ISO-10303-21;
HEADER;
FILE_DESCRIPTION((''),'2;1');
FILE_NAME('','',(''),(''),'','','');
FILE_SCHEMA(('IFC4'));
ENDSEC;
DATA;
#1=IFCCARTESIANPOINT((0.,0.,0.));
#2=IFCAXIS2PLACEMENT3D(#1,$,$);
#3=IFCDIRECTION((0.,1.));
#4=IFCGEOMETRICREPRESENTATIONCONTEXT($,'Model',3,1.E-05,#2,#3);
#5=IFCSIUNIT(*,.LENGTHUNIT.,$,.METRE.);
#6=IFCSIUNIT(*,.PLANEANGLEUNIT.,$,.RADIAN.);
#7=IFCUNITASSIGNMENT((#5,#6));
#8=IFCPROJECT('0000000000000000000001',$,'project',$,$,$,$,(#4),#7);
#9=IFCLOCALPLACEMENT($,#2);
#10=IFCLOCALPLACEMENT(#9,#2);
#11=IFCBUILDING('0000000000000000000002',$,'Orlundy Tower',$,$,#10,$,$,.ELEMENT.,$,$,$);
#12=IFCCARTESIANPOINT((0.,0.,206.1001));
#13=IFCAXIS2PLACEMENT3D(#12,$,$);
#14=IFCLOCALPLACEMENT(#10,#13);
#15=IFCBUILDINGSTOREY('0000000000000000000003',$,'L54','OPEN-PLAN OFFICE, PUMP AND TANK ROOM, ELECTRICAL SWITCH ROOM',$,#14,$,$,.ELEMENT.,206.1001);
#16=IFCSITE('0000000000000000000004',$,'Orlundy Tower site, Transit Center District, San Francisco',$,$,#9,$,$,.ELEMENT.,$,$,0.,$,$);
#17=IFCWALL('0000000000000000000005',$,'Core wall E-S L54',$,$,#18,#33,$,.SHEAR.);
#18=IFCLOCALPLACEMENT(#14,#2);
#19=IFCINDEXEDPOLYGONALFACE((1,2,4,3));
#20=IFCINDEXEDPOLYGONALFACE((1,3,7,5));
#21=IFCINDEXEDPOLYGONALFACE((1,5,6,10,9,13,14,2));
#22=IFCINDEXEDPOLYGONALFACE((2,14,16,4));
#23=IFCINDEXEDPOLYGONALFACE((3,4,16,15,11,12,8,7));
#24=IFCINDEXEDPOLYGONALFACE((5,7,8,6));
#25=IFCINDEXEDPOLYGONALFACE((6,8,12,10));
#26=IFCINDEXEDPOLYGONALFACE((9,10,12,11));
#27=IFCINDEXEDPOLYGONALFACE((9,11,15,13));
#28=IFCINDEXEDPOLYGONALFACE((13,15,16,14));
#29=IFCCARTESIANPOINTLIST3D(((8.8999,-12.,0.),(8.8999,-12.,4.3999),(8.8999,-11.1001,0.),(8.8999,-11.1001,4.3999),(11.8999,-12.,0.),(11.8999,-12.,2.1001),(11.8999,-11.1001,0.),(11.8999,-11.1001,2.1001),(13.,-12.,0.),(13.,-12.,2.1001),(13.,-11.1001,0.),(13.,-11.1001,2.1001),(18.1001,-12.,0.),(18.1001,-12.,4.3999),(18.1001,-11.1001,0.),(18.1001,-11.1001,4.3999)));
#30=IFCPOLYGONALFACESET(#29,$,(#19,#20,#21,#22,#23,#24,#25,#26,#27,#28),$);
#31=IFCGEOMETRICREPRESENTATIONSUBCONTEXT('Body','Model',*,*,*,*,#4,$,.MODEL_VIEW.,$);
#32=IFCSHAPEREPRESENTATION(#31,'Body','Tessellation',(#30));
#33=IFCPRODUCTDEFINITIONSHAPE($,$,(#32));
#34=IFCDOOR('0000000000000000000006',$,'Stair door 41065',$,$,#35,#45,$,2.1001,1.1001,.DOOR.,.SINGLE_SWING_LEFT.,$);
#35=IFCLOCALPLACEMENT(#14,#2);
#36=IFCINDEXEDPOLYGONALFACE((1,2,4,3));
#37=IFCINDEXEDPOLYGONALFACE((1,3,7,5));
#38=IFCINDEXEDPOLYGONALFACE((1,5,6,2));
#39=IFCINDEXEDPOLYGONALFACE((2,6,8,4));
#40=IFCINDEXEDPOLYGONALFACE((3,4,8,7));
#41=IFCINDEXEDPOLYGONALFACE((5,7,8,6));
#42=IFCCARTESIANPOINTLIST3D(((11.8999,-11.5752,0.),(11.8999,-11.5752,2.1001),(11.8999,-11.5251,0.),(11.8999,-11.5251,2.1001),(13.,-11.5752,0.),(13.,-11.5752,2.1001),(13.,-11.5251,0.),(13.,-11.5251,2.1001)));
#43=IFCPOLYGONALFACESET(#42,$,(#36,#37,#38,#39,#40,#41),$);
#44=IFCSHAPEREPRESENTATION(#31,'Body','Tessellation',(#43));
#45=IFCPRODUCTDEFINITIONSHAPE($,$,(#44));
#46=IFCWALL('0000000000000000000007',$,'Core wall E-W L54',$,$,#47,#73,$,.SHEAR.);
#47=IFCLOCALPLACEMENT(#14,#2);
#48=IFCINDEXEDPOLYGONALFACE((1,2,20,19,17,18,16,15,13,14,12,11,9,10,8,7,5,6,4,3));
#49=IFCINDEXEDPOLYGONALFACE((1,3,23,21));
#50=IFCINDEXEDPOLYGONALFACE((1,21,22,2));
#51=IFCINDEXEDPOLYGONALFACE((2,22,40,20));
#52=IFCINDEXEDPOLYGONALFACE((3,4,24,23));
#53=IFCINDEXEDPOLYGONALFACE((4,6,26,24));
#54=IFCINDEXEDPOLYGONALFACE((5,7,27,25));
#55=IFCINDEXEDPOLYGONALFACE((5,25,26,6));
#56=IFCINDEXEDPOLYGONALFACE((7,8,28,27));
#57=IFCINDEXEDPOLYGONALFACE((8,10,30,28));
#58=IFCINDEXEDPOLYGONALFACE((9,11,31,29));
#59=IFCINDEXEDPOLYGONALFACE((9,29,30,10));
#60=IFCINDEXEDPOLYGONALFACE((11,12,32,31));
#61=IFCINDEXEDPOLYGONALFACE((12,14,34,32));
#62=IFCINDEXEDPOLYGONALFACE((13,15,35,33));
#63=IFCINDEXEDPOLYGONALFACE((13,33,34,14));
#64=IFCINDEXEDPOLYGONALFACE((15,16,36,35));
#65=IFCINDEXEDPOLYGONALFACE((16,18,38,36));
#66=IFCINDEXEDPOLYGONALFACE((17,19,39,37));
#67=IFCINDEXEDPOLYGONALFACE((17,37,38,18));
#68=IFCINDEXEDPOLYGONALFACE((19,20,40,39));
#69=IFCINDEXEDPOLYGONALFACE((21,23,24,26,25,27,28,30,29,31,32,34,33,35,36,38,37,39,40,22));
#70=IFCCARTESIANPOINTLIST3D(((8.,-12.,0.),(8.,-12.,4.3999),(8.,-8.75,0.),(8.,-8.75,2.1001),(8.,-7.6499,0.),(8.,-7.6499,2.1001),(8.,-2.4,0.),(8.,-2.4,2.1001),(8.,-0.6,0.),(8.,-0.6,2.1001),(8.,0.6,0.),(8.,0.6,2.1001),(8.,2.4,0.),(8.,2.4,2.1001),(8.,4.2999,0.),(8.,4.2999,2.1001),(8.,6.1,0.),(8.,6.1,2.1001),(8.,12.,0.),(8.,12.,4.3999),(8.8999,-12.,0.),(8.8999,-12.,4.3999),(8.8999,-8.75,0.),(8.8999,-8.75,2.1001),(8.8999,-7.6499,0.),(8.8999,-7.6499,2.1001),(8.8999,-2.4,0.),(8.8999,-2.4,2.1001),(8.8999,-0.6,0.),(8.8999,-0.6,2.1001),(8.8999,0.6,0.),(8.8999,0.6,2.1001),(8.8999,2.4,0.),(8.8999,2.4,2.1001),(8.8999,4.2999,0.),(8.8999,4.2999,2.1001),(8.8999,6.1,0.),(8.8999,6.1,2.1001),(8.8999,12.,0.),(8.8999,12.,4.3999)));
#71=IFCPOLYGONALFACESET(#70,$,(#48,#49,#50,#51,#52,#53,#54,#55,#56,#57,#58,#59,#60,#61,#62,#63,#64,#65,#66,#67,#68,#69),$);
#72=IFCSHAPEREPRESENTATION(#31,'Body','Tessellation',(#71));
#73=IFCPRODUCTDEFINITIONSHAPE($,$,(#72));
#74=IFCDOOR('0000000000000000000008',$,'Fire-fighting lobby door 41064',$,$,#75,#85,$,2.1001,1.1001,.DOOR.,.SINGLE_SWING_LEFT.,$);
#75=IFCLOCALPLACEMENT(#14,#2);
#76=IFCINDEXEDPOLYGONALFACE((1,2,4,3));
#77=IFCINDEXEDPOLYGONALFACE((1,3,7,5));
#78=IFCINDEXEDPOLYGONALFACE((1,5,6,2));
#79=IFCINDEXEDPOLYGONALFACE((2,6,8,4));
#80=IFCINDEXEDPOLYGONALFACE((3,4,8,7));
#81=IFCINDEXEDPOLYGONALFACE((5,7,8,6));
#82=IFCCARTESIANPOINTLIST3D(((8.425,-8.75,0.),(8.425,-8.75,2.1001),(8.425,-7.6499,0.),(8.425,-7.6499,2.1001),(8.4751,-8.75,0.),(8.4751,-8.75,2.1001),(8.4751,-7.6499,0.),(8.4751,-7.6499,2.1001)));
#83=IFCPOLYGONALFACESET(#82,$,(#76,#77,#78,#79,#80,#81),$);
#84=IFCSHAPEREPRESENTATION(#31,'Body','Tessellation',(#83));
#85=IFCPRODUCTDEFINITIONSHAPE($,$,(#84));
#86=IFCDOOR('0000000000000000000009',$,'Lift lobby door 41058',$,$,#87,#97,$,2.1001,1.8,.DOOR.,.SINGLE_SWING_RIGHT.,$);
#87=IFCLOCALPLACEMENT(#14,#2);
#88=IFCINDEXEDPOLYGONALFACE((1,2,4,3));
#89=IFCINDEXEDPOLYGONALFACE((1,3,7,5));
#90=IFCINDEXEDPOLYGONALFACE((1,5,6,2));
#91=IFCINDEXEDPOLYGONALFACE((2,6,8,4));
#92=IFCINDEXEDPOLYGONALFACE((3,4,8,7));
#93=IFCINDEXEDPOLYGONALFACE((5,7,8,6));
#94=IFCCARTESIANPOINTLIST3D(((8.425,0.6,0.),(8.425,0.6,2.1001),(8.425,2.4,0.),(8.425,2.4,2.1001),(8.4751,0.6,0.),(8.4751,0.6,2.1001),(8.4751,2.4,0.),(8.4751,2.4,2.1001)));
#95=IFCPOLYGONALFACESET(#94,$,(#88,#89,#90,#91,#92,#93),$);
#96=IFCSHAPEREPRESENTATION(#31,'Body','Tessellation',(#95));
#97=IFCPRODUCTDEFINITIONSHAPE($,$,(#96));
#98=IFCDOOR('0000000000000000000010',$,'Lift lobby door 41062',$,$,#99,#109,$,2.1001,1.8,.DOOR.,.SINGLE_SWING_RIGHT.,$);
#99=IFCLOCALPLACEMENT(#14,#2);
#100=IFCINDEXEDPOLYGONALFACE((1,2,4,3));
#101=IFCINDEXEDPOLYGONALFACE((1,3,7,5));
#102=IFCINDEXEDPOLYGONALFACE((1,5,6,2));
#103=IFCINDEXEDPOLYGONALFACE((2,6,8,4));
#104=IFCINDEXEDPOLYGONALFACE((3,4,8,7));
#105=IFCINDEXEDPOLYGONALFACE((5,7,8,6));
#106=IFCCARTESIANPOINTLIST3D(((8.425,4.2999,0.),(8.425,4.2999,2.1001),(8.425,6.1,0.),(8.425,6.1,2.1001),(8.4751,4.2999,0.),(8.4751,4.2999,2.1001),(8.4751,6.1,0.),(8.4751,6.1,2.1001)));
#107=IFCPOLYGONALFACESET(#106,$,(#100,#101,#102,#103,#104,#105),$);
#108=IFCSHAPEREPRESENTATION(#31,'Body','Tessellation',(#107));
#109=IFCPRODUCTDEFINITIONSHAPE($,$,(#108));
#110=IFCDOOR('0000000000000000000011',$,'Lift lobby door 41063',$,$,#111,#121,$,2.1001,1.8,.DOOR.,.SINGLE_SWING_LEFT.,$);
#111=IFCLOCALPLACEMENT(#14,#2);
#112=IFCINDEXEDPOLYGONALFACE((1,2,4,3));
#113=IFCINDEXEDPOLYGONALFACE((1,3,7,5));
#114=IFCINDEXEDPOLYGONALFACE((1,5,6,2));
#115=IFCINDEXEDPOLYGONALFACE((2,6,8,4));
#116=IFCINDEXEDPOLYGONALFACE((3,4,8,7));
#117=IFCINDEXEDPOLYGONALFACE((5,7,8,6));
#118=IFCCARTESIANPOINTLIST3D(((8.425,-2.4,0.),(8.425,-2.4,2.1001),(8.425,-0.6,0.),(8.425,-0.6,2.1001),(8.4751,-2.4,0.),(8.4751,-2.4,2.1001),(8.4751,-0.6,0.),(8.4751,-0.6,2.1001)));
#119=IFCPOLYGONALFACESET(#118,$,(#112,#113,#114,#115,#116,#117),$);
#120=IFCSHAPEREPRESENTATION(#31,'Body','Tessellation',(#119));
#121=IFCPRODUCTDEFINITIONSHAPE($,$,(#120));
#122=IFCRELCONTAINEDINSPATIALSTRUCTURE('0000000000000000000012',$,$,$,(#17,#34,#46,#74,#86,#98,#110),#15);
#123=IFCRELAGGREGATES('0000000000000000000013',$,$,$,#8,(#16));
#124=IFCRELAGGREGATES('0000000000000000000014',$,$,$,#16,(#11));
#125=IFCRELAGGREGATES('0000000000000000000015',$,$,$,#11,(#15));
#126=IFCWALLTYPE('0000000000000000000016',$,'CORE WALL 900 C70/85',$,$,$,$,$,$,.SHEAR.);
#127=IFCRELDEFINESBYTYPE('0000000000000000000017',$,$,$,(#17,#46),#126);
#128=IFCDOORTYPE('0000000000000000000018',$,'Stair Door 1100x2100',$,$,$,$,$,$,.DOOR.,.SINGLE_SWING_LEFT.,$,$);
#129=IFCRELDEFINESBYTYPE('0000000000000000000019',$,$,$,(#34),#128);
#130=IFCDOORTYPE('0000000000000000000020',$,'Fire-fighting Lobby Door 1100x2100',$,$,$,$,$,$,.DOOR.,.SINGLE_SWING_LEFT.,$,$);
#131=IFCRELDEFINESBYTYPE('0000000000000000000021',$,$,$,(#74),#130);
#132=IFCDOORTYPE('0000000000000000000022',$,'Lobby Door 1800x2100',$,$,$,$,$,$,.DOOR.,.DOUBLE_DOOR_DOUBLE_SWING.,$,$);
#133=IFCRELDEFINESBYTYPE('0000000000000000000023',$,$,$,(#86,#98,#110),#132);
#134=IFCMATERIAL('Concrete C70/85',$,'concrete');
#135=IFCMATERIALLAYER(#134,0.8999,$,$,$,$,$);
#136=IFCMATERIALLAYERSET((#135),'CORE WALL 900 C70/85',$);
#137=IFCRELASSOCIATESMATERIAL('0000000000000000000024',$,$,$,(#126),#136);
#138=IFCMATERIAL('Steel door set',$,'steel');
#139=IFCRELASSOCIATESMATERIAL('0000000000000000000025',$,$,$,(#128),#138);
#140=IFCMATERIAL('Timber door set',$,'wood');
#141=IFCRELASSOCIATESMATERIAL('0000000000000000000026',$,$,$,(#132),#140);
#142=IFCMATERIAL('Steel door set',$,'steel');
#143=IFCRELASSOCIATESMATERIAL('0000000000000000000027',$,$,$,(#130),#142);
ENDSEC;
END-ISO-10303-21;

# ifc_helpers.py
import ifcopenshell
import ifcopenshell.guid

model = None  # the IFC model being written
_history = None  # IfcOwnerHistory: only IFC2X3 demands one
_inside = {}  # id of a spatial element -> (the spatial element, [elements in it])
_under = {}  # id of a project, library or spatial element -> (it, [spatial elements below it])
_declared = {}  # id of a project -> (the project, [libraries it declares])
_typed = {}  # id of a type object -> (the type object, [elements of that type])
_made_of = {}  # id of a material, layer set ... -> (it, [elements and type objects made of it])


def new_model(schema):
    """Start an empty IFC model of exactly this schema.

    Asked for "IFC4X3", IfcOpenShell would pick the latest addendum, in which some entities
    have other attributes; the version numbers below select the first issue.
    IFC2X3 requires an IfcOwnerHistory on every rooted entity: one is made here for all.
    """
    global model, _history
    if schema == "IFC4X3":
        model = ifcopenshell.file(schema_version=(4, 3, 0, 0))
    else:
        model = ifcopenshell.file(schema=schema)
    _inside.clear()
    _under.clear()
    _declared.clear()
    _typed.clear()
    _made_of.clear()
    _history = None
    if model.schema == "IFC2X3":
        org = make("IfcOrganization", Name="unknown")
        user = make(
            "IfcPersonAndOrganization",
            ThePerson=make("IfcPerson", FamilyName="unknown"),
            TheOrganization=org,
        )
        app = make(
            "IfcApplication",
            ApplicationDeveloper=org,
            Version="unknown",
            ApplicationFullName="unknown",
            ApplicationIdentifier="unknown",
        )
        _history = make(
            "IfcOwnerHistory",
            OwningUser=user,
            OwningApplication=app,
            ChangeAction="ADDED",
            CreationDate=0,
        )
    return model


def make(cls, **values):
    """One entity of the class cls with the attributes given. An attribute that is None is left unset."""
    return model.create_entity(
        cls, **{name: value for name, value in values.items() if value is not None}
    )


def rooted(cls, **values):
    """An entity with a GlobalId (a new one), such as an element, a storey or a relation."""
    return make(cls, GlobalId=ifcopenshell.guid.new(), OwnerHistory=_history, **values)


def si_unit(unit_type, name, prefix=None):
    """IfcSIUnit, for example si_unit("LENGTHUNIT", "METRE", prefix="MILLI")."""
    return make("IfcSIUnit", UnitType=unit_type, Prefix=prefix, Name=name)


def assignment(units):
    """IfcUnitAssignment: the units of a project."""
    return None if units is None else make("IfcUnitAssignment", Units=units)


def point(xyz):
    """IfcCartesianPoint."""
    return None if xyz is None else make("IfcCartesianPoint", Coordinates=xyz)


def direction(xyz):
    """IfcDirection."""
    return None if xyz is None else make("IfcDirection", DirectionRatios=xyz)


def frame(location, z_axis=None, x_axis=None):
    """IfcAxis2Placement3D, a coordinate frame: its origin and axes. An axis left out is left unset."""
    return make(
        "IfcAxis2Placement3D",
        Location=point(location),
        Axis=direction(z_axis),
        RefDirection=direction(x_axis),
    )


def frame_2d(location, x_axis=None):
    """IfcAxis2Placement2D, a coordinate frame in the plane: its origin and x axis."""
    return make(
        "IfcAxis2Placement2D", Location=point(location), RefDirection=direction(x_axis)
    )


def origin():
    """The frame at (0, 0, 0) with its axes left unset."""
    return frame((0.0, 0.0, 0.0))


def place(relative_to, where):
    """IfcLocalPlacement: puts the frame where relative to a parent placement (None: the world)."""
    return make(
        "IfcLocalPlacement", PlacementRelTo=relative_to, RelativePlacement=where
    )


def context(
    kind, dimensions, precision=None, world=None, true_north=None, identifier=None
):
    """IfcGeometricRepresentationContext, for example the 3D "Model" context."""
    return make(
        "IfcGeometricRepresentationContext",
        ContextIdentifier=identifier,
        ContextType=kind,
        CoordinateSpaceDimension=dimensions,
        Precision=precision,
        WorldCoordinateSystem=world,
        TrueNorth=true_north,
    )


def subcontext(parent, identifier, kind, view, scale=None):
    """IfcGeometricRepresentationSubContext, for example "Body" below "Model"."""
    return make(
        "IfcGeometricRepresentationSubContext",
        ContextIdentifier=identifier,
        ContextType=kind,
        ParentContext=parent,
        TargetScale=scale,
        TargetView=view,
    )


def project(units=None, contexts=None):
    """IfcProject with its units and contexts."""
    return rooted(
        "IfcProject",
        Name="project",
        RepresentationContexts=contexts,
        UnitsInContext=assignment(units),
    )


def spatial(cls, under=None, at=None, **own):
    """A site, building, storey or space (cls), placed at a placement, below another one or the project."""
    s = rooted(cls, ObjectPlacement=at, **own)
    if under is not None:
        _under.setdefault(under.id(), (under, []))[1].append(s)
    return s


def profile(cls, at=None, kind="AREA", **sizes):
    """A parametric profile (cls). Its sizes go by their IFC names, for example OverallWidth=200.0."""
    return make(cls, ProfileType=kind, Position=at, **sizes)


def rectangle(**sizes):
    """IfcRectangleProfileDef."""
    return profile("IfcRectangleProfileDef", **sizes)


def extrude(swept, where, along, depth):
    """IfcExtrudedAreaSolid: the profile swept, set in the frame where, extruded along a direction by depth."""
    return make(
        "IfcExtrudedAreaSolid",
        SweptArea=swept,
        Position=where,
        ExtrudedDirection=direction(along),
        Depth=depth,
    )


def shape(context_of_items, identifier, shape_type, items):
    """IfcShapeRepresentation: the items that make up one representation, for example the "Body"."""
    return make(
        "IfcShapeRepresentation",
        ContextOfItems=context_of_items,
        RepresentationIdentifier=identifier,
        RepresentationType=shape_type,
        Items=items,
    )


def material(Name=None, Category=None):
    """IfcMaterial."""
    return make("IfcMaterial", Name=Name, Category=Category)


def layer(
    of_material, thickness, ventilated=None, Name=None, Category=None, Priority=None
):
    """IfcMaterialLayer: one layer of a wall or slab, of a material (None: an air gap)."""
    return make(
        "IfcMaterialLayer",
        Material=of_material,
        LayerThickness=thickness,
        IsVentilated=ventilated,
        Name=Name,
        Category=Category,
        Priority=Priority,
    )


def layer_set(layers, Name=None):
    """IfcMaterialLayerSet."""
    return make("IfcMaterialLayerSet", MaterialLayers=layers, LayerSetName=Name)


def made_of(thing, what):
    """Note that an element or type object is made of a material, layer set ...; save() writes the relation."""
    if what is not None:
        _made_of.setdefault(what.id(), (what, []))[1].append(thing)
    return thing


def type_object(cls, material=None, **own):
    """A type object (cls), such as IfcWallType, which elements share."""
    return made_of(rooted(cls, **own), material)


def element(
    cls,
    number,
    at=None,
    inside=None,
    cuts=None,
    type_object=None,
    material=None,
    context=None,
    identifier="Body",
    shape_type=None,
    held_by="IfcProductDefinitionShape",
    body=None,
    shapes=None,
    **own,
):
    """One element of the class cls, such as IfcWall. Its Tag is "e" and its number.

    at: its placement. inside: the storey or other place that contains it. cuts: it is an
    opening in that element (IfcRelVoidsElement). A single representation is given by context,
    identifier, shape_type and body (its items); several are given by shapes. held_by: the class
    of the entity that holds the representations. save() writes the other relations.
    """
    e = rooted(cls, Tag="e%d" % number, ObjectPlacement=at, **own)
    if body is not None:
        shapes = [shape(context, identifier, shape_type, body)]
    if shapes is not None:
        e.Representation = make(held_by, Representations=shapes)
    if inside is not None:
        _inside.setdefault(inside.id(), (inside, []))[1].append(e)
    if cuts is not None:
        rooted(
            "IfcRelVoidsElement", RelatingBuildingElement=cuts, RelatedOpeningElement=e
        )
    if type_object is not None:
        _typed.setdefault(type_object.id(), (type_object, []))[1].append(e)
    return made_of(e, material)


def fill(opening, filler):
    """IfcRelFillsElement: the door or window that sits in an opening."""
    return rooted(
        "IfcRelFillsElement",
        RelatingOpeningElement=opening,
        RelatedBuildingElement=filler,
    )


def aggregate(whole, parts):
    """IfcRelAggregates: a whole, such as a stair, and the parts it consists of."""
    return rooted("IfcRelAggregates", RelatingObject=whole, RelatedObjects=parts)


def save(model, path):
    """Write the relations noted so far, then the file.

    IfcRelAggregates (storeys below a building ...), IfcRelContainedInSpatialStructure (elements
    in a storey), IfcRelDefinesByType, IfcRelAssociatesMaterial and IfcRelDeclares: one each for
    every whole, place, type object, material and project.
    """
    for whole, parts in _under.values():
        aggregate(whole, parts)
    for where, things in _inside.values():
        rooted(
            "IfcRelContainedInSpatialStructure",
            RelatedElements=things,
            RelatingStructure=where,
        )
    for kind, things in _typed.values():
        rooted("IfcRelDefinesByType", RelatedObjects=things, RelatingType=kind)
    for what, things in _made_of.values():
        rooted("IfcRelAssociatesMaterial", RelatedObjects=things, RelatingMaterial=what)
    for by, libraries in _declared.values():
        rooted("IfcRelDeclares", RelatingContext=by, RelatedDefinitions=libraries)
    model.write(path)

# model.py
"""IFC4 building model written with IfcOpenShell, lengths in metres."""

from ifc_helpers import new_model, si_unit, direction, frame, frame_2d, origin, place, context, subcontext, project, spatial, rectangle, extrude, material, layer, layer_set, type_object, element, fill, save


model = new_model("IFC4")

# Units and contexts
model_context = context("Model", 3, precision=1e-05, world=origin(), true_north=direction((0.0, 1.0)))
body_context = subcontext(model_context, "Body", "Model", "MODEL_VIEW")
ifc_project = project(units=[si_unit("LENGTHUNIT", "METRE"), si_unit("PLANEANGLEUNIT", "RADIAN")], contexts=[model_context])

# Site, building, storey
site_placement = place(None, origin())
site = spatial("IfcSite", under=ifc_project, at=site_placement, Name="Orlundy Tower site, Transit Center District, San Francisco", CompositionType="ELEMENT", RefElevation=0.0)
building_placement = place(site_placement, origin())
building = spatial("IfcBuilding", under=site, at=building_placement, Name="Orlundy Tower", CompositionType="ELEMENT")
storey_placement = place(building_placement, frame((0.0, 0.0, 206.1001)))
storey = spatial("IfcBuildingStorey", under=building, at=storey_placement, Name="L54", Description="OPEN-PLAN OFFICE, PUMP AND TANK ROOM, ELECTRICAL SWITCH ROOM", CompositionType="ELEMENT", Elevation=206.1001)

# Shared definitions
ifc_material_1 = material(Name="Concrete C70/85", Category="concrete")
ifc_layer_1 = layer(ifc_material_1, 0.8999)
ifc_layer_set_1 = layer_set([ifc_layer_1], Name="CORE WALL 900 C70/85")
wall_type = type_object("IfcWallType", Name="CORE WALL 900 C70/85", PredefinedType="SHEAR", material=ifc_layer_set_1)
ifc_material_2 = material(Name="Steel door set", Category="steel")
door_type_1 = type_object("IfcDoorType", Name="Stair Door 1100x2100", OperationType="SINGLE_SWING_LEFT", PredefinedType="DOOR", material=ifc_material_2)
ifc_material_3 = material(Name="Timber door set", Category="wood")
door_type_2 = type_object("IfcDoorType", Name="Lobby Door 1800x2100", OperationType="DOUBLE_DOOR_DOUBLE_SWING", PredefinedType="DOOR", material=ifc_material_3)
ifc_material_4 = material(Name="Steel door set", Category="steel")
door_type_3 = type_object("IfcDoorType", Name="Fire-fighting Lobby Door 1100x2100", OperationType="SINGLE_SWING_LEFT", PredefinedType="DOOR", material=ifc_material_4)

# Wall, opening, door
wall_1_placement = place(storey_placement, frame((8.8999, -11.55, 0.0), z_axis=(0.0, 0.0, 1.0), x_axis=(1.0, 0.0, 0.0)))
wall_1 = element("IfcWall", 1, at=wall_1_placement, inside=storey, type_object=wall_type, Name="Core wall E-S L54", PredefinedType="SHEAR", context=body_context, shape_type="SweptSolid", body=[
    extrude(rectangle(XDim=9.2002, YDim=0.8999, at=frame_2d((4.6001, 0.0))), origin(), (0.0, 0.0, 1.0), 4.3999),
])
opening_1_placement = place(wall_1_placement, frame((3.0, 0.0, 0.0)))
opening_1 = element("IfcOpeningElement", 2, at=opening_1_placement, cuts=wall_1, PredefinedType="OPENING", context=body_context, shape_type="SweptSolid", body=[
    extrude(rectangle(XDim=1.1001, YDim=2.1001, at=frame_2d((0.55, 1.05))), frame((0.0, 0.46, 0.0), z_axis=(0.0, -1.0, 0.0), x_axis=(1.0, 0.0, 0.0)), (0.0, 0.0, 1.0), 0.9199),
])
door_1_placement = place(opening_1_placement, origin())
door_1 = element("IfcDoor", 3, at=door_1_placement, inside=storey, type_object=door_type_1, Name="Stair door 41065", OperationType="SINGLE_SWING_LEFT", OverallHeight=2.1001, OverallWidth=1.1001, PredefinedType="DOOR", context=body_context, shape_type="SweptSolid", body=[
    extrude(rectangle(XDim=1.1001, YDim=2.1001, at=frame_2d((0.55, 1.05))), frame((0.0, 0.0249, 0.0), z_axis=(0.0, -1.0, 0.0), x_axis=(1.0, 0.0, 0.0)), (0.0, 0.0, 1.0), 0.05),
])
fill(opening_1, door_1)

# Wall, openings, doors
wall_2_placement = place(storey_placement, frame((8.45, -12.0, 0.0), z_axis=(0.0, 0.0, 1.0), x_axis=(0.0, 1.0, 0.0)))
wall_2 = element("IfcWall", 4, at=wall_2_placement, inside=storey, type_object=wall_type, Name="Core wall E-W L54", PredefinedType="SHEAR", context=body_context, shape_type="SweptSolid", body=[
    extrude(rectangle(XDim=24.0, YDim=0.8999, at=frame_2d((12.0, 0.0))), origin(), (0.0, 0.0, 1.0), 4.3999),
])
opening_2_placement = place(wall_2_placement, frame((12.6001, 0.0, 0.0)))
opening_2 = element("IfcOpeningElement", 5, at=opening_2_placement, cuts=wall_2, PredefinedType="OPENING", context=body_context, shape_type="SweptSolid", body=[
    extrude(rectangle(XDim=1.8, YDim=2.1001, at=frame_2d((0.8999, 1.05))), frame((0.0, 0.46, 0.0), z_axis=(0.0, -1.0, 0.0), x_axis=(1.0, 0.0, 0.0)), (0.0, 0.0, 1.0), 0.9199),
])
opening_3_placement = place(wall_2_placement, frame((16.3, 0.0, 0.0)))
opening_3 = element("IfcOpeningElement", 6, at=opening_3_placement, cuts=wall_2, PredefinedType="OPENING", context=body_context, shape_type="SweptSolid", body=[
    extrude(rectangle(XDim=1.8, YDim=2.1001, at=frame_2d((0.8999, 1.05))), frame((0.0, 0.46, 0.0), z_axis=(0.0, -1.0, 0.0), x_axis=(1.0, 0.0, 0.0)), (0.0, 0.0, 1.0), 0.9199),
])
opening_4_placement = place(wall_2_placement, frame((9.6001, 0.0, 0.0)))
opening_4 = element("IfcOpeningElement", 7, at=opening_4_placement, cuts=wall_2, PredefinedType="OPENING", context=body_context, shape_type="SweptSolid", body=[
    extrude(rectangle(XDim=1.8, YDim=2.1001, at=frame_2d((0.8999, 1.05))), frame((0.0, 0.46, 0.0), z_axis=(0.0, -1.0, 0.0), x_axis=(1.0, 0.0, 0.0)), (0.0, 0.0, 1.0), 0.9199),
])
opening_5_placement = place(wall_2_placement, frame((3.25, 0.0, 0.0)))
opening_5 = element("IfcOpeningElement", 8, at=opening_5_placement, cuts=wall_2, PredefinedType="OPENING", context=body_context, shape_type="SweptSolid", body=[
    extrude(rectangle(XDim=1.1001, YDim=2.1001, at=frame_2d((0.55, 1.05))), frame((0.0, 0.46, 0.0), z_axis=(0.0, -1.0, 0.0), x_axis=(1.0, 0.0, 0.0)), (0.0, 0.0, 1.0), 0.9199),
])
door_2_placement = place(opening_5_placement, origin())
door_2 = element("IfcDoor", 9, at=door_2_placement, inside=storey, type_object=door_type_3, Name="Fire-fighting lobby door 41064", OperationType="SINGLE_SWING_LEFT", OverallHeight=2.1001, OverallWidth=1.1001, PredefinedType="DOOR", context=body_context, shape_type="SweptSolid", body=[
    extrude(rectangle(XDim=1.1001, YDim=2.1001, at=frame_2d((0.55, 1.05))), frame((0.0, 0.0249, 0.0), z_axis=(0.0, -1.0, 0.0), x_axis=(1.0, 0.0, 0.0)), (0.0, 0.0, 1.0), 0.05),
])
fill(opening_5, door_2)
door_3_placement = place(opening_2_placement, origin())
door_3 = element("IfcDoor", 10, at=door_3_placement, inside=storey, type_object=door_type_2, Name="Lift lobby door 41058", OperationType="SINGLE_SWING_RIGHT", OverallHeight=2.1001, OverallWidth=1.8, PredefinedType="DOOR", context=body_context, shape_type="SweptSolid", body=[
    extrude(rectangle(XDim=1.8, YDim=2.1001, at=frame_2d((0.8999, 1.05))), frame((0.0, 0.0249, 0.0), z_axis=(0.0, -1.0, 0.0), x_axis=(1.0, 0.0, 0.0)), (0.0, 0.0, 1.0), 0.05),
])
fill(opening_2, door_3)
door_4_placement = place(opening_3_placement, origin())
door_4 = element("IfcDoor", 11, at=door_4_placement, inside=storey, type_object=door_type_2, Name="Lift lobby door 41062", OperationType="SINGLE_SWING_RIGHT", OverallHeight=2.1001, OverallWidth=1.8, PredefinedType="DOOR", context=body_context, shape_type="SweptSolid", body=[
    extrude(rectangle(XDim=1.8, YDim=2.1001, at=frame_2d((0.8999, 1.05))), frame((0.0, 0.0249, 0.0), z_axis=(0.0, -1.0, 0.0), x_axis=(1.0, 0.0, 0.0)), (0.0, 0.0, 1.0), 0.05),
])
fill(opening_3, door_4)
door_5_placement = place(opening_4_placement, origin())
door_5 = element("IfcDoor", 12, at=door_5_placement, inside=storey, type_object=door_type_2, Name="Lift lobby door 41063", OperationType="SINGLE_SWING_LEFT", OverallHeight=2.1001, OverallWidth=1.8, PredefinedType="DOOR", context=body_context, shape_type="SweptSolid", body=[
    extrude(rectangle(XDim=1.8, YDim=2.1001, at=frame_2d((0.8999, 1.05))), frame((0.0, 0.0249, 0.0), z_axis=(0.0, -1.0, 0.0), x_axis=(1.0, 0.0, 0.0)), (0.0, 0.0, 1.0), 0.05),
])
fill(opening_4, door_5)

save(model, "model.ifc")
